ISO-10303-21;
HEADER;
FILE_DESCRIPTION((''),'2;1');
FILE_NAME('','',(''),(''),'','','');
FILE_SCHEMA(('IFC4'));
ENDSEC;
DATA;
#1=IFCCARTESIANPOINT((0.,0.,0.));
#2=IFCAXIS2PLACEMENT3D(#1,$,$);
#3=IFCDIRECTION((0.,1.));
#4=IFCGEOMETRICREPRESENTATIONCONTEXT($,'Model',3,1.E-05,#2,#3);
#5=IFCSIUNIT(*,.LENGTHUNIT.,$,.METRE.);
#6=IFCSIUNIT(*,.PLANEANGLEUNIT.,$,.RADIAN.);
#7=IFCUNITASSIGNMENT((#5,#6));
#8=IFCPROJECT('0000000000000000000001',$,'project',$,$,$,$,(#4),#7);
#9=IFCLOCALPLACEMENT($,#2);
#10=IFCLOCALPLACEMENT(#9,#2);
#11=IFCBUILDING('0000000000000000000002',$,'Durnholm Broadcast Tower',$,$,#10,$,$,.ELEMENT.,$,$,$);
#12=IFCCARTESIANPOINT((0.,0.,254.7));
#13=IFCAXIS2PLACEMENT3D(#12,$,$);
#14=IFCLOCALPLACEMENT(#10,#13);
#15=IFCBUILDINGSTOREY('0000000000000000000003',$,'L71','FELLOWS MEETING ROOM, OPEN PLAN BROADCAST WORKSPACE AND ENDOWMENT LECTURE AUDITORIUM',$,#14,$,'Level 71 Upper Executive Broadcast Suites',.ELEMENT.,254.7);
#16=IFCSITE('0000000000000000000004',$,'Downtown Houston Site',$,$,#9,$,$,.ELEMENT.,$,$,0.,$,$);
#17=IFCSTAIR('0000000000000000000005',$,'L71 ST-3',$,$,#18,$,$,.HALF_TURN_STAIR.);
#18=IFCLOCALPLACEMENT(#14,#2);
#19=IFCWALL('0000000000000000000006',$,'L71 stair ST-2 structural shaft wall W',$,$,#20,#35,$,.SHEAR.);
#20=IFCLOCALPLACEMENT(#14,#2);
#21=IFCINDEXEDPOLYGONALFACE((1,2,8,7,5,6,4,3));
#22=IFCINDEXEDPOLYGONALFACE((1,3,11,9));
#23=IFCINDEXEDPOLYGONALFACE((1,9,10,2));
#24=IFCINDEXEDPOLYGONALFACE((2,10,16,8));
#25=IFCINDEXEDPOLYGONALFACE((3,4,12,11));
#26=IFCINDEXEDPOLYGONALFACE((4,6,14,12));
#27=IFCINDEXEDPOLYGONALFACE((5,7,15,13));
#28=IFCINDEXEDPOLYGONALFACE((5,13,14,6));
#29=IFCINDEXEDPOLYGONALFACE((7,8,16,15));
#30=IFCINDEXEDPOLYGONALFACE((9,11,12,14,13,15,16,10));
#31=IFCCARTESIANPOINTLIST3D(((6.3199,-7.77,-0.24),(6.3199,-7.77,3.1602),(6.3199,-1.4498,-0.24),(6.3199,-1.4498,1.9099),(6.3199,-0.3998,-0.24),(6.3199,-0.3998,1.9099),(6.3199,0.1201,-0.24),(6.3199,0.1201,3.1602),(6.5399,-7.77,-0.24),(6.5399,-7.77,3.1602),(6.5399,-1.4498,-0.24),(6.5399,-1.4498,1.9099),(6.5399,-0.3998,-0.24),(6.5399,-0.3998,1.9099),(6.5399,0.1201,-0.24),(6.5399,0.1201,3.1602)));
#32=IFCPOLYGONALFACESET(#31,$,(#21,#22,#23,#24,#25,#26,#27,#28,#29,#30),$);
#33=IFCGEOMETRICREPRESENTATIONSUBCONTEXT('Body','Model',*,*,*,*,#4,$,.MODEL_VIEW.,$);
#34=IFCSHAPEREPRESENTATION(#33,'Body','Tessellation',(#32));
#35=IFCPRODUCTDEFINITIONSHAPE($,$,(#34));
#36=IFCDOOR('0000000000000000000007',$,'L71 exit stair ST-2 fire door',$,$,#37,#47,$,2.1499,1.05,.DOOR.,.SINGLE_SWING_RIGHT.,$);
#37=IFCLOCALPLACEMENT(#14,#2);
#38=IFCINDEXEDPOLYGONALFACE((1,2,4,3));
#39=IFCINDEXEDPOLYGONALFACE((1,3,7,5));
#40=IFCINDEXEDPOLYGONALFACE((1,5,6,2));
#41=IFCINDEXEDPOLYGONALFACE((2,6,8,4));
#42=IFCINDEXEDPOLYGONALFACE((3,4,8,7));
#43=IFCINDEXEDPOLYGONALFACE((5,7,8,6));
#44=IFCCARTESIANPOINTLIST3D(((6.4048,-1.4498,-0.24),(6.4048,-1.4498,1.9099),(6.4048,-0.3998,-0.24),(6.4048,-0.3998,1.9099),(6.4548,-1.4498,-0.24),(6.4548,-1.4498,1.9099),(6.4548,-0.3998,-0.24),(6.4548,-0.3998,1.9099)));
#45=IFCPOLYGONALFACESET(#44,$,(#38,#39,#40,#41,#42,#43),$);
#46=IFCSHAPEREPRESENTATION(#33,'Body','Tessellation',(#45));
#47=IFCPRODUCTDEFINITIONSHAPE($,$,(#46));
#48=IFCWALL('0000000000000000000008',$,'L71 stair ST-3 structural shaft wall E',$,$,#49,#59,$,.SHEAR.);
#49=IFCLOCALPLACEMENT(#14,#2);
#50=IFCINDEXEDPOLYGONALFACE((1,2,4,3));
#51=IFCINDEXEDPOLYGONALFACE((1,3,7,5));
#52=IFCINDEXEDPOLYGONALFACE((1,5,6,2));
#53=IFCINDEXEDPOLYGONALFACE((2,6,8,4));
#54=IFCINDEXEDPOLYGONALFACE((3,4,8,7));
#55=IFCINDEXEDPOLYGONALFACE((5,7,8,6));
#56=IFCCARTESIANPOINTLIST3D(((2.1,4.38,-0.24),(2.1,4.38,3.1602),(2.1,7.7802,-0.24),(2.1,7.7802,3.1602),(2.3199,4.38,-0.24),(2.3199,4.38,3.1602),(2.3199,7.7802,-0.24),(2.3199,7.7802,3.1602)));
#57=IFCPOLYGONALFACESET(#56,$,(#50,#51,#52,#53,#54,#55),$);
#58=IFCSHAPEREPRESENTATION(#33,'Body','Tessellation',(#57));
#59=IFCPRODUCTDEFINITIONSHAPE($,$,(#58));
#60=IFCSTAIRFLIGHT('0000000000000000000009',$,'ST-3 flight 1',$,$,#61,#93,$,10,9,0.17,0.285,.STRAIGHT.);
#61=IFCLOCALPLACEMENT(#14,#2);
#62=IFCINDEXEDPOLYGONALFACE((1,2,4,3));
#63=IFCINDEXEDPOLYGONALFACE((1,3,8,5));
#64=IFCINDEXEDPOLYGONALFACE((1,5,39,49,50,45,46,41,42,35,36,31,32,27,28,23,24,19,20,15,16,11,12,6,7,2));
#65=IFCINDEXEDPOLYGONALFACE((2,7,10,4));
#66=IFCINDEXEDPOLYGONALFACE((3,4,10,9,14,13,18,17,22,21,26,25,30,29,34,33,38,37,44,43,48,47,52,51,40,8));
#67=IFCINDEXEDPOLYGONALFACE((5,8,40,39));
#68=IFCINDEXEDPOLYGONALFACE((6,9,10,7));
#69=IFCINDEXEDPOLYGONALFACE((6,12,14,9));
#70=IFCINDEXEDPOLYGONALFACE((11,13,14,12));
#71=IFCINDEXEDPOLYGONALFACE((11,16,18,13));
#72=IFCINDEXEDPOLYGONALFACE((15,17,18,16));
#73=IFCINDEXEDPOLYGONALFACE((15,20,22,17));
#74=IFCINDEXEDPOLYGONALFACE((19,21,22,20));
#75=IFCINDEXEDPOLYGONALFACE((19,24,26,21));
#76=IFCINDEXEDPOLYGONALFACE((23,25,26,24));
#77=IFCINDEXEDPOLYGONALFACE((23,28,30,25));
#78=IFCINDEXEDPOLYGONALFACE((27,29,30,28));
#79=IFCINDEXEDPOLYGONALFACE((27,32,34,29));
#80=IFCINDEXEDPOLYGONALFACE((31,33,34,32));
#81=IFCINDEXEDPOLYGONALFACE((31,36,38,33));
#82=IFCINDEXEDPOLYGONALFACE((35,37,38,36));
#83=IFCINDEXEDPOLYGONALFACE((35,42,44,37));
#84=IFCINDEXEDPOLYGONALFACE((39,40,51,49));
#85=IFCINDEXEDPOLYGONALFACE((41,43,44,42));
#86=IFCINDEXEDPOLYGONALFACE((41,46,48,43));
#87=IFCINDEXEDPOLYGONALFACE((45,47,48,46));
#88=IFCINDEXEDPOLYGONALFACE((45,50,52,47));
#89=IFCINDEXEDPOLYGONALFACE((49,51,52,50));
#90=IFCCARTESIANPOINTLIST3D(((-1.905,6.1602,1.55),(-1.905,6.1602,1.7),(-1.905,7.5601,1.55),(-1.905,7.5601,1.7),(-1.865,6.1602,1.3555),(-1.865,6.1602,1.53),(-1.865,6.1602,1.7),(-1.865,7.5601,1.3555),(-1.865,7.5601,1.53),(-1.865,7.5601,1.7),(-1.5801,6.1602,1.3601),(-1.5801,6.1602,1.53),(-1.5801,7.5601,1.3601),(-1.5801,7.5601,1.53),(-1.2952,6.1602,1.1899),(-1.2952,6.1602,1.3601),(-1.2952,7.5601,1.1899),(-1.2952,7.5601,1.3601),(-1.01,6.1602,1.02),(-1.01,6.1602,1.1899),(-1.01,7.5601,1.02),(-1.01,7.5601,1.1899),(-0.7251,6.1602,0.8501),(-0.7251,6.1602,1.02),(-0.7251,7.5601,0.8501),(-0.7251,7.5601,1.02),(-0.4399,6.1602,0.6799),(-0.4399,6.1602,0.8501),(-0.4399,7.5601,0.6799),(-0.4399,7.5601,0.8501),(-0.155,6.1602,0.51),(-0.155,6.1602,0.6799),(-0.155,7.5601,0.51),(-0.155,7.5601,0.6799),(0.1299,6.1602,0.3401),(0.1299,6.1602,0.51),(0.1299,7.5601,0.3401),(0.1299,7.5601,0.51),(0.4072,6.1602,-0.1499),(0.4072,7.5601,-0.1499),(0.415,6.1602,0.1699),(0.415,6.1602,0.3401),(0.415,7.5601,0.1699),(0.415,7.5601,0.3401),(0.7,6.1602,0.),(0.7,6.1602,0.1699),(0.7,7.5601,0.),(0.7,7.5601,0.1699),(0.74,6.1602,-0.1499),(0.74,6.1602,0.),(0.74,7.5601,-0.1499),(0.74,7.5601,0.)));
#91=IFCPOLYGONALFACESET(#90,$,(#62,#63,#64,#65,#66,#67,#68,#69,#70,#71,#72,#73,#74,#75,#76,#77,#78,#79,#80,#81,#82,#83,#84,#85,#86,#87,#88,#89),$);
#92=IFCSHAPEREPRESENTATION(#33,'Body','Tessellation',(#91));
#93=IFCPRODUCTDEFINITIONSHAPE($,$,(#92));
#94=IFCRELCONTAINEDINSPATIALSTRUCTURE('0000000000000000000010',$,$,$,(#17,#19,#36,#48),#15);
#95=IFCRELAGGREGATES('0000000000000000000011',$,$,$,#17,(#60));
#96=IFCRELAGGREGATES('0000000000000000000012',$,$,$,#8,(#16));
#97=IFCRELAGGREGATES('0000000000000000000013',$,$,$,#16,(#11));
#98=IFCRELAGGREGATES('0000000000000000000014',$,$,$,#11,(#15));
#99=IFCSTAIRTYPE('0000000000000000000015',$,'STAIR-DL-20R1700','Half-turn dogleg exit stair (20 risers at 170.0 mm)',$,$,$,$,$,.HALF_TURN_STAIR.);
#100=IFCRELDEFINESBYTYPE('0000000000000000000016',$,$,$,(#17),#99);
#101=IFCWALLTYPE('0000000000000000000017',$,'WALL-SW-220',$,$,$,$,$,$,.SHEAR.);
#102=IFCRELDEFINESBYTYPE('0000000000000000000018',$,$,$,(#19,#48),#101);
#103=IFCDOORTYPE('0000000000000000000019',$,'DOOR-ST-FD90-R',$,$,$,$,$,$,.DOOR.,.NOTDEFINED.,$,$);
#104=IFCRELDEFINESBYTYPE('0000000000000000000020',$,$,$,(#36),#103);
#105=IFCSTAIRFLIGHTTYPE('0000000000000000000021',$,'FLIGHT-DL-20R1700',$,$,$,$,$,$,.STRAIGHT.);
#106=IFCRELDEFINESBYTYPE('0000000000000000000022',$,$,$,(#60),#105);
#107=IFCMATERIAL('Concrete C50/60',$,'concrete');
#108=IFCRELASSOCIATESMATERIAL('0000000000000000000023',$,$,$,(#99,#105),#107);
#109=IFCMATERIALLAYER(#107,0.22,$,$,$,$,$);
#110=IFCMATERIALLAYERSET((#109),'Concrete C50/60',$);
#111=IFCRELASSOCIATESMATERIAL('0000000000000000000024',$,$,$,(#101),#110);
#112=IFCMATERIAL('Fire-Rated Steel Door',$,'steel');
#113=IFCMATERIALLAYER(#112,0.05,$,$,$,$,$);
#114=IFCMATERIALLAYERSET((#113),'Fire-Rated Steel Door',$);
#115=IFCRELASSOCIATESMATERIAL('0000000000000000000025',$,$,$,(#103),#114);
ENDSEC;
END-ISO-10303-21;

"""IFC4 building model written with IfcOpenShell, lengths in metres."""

from ifc_helpers import new_model, si_unit, direction, frame, frame_2d, origin, place, context, subcontext, project, spatial, polyline, rectangle, outline, extrude, source, transform, mapped, material, layer, layer_set, type_object, type_shapes, element, fill, aggregate, save


model = new_model("IFC4")

# Units and contexts
model_context = context("Model", 3, precision=1e-05, world=origin(), true_north=direction((0.0, 1.0)))
body_context = subcontext(model_context, "Body", "Model", "MODEL_VIEW")
ifc_project = project(units=[si_unit("LENGTHUNIT", "METRE"), si_unit("PLANEANGLEUNIT", "RADIAN")], contexts=[model_context])

# Site, building, storey
site_placement = place(None, origin())
site = spatial("IfcSite", under=ifc_project, at=site_placement, Name="Downtown Houston Site", CompositionType="ELEMENT", RefElevation=0.0)
building_placement = place(site_placement, origin())
building = spatial("IfcBuilding", under=site, at=building_placement, Name="Durnholm Broadcast Tower", CompositionType="ELEMENT")
storey_placement = place(building_placement, frame((0.0, 0.0, 254.7)))
storey = spatial("IfcBuildingStorey", under=building, at=storey_placement, Name="L71", Description="FELLOWS MEETING ROOM, OPEN PLAN BROADCAST WORKSPACE AND ENDOWMENT LECTURE AUDITORIUM", LongName="Level 71 Upper Executive Broadcast Suites", CompositionType="ELEMENT", Elevation=254.7)

# Shared definitions
ifc_material_1 = material(Name="Concrete C50/60", Category="concrete")

# Stair
stair_type = type_object("IfcStairType", Name="STAIR-DL-20R1700", Description="Half-turn dogleg exit stair (20 risers at 170.0 mm)", PredefinedType="HALF_TURN_STAIR", material=ifc_material_1)
stair_1_placement = place(storey_placement, origin())
stair_1 = element("IfcStair", 1, at=stair_1_placement, inside=storey, type_object=stair_type, Name="L71 ST-3", PredefinedType="HALF_TURN_STAIR")

# Wall, opening, door
ifc_layer_1 = layer(ifc_material_1, 0.22)
ifc_layer_set_1 = layer_set([ifc_layer_1], Name="Concrete C50/60")
wall_type_1 = type_object("IfcWallType", Name="WALL-SW-220", PredefinedType="SHEAR", material=ifc_layer_set_1)
wall_1_placement = place(storey_placement, frame((6.4299, 0.1201, -0.24), z_axis=(0.0, 0.0, 1.0), x_axis=(0.0, -1.0, 0.0)))
wall_1 = element("IfcWall", 2, at=wall_1_placement, inside=storey, type_object=wall_type_1, Name="L71 stair ST-2 structural shaft wall W", PredefinedType="SHEAR", context=body_context, shape_type="SweptSolid", body=[
    extrude(rectangle(XDim=7.8901, YDim=0.22, at=frame_2d((3.9451, 0.0))), origin(), (0.0, 0.0, 1.0), 3.4001),
])
opening_1_placement = place(wall_1_placement, frame((0.52, 0.0, 0.0)))
opening_1 = element("IfcOpeningElement", 3, at=opening_1_placement, cuts=wall_1, PredefinedType="OPENING", context=body_context, shape_type="SweptSolid", body=[
    extrude(rectangle(XDim=1.05, YDim=2.1499, at=frame_2d((0.5249, 1.075))), frame((0.0, 0.1201, 0.0), z_axis=(0.0, -1.0, 0.0), x_axis=(1.0, 0.0, 0.0)), (0.0, 0.0, 1.0), 0.24),
])
ifc_material_2 = material(Name="Fire-Rated Steel Door", Category="steel")
ifc_layer_2 = layer(ifc_material_2, 0.05)
ifc_layer_set_2 = layer_set([ifc_layer_2], Name="Fire-Rated Steel Door")
door_type_1 = type_object("IfcDoorType", Name="DOOR-ST-FD90-R", OperationType="NOTDEFINED", PredefinedType="DOOR", material=ifc_layer_set_2)
shared_shape_1 = source(origin(), body_context, "Body", "SweptSolid", [
    extrude(rectangle(XDim=1.05, YDim=2.1499, at=frame_2d((0.5249, 1.075))), frame((0.0, 0.0249, 0.0), z_axis=(0.0, -1.0, 0.0), x_axis=(1.0, 0.0, 0.0)), (0.0, 0.0, 1.0), 0.05),
])
type_shapes(door_type_1, [shared_shape_1])
door_1_placement = place(opening_1_placement, origin())
door_1 = element("IfcDoor", 4, at=door_1_placement, inside=storey, type_object=door_type_1, Name="L71 exit stair ST-2 fire door", OperationType="SINGLE_SWING_RIGHT", OverallHeight=2.1499, OverallWidth=1.05, PredefinedType="DOOR", context=body_context, shape_type="MappedRepresentation", body=[
    mapped(shared_shape_1, transform((0.0, 0.0, 0.0), x_axis=(1.0, 0.0, 0.0), y_axis=(0.0, 1.0, 0.0), z_axis=(0.0, 0.0, 1.0), scale=1.0)),
])
fill(opening_1, door_1)

# Wall
wall_2_placement = place(storey_placement, frame((2.21, 4.3799, -0.24), z_axis=(0.0, 0.0, 1.0), x_axis=(0.0, 1.0, 0.0)))
element("IfcWall", 5, at=wall_2_placement, inside=storey, type_object=wall_type_1, Name="L71 stair ST-3 structural shaft wall E", PredefinedType="SHEAR", context=body_context, shape_type="SweptSolid", body=[
    extrude(rectangle(XDim=3.4001, YDim=0.22, at=frame_2d((1.7002, 0.0))), origin(), (0.0, 0.0, 1.0), 3.4001),
])

# Stair flight
stair_flight_type = type_object("IfcStairFlightType", Name="FLIGHT-DL-20R1700", PredefinedType="STRAIGHT", material=ifc_material_1)
stair_flight_placement = place(storey_placement, frame((0.7, 6.8601, 0.0), z_axis=(0.0, 0.0, 1.0), x_axis=(-1.0, 0.0, 0.0)))
stair_flight = element("IfcStairFlight", 6, at=stair_flight_placement, type_object=stair_flight_type, Name="ST-3 flight 1", NumberOfRisers=10, NumberOfTreads=9, PredefinedType="STRAIGHT", RiserHeight=0.17, TreadLength=0.285, context=body_context, shape_type="SweptSolid", body=[
    extrude(outline(polyline([(-0.04, -0.1499), (-0.04, 0.0), (0.0, 0.0), (0.0, 0.1699), (0.2849, 0.1699), (0.2849, 0.3401), (0.5701, 0.3401), (0.5701, 0.51), (0.855, 0.51), (0.855, 0.6799), (1.1399, 0.6799), (1.1399, 0.8501), (1.425, 0.8501), (1.425, 1.02), (1.71, 1.02), (1.71, 1.1899), (1.9951, 1.1899), (1.9951, 1.3601), (2.28, 1.3601), (2.28, 1.53), (2.5649, 1.53), (2.5649, 1.7), (2.605, 1.7), (2.605, 1.55), (2.5649, 1.3555), (0.2927, -0.1499), (-0.04, -0.1499)])), frame((0.0, 0.7, 0.0), z_axis=(0.0, -1.0, 0.0), x_axis=(1.0, 0.0, 0.0)), (0.0, 0.0, 1.0), 1.3999),
])
aggregate(stair_1, [stair_flight])

save(model, "model.ifc")
